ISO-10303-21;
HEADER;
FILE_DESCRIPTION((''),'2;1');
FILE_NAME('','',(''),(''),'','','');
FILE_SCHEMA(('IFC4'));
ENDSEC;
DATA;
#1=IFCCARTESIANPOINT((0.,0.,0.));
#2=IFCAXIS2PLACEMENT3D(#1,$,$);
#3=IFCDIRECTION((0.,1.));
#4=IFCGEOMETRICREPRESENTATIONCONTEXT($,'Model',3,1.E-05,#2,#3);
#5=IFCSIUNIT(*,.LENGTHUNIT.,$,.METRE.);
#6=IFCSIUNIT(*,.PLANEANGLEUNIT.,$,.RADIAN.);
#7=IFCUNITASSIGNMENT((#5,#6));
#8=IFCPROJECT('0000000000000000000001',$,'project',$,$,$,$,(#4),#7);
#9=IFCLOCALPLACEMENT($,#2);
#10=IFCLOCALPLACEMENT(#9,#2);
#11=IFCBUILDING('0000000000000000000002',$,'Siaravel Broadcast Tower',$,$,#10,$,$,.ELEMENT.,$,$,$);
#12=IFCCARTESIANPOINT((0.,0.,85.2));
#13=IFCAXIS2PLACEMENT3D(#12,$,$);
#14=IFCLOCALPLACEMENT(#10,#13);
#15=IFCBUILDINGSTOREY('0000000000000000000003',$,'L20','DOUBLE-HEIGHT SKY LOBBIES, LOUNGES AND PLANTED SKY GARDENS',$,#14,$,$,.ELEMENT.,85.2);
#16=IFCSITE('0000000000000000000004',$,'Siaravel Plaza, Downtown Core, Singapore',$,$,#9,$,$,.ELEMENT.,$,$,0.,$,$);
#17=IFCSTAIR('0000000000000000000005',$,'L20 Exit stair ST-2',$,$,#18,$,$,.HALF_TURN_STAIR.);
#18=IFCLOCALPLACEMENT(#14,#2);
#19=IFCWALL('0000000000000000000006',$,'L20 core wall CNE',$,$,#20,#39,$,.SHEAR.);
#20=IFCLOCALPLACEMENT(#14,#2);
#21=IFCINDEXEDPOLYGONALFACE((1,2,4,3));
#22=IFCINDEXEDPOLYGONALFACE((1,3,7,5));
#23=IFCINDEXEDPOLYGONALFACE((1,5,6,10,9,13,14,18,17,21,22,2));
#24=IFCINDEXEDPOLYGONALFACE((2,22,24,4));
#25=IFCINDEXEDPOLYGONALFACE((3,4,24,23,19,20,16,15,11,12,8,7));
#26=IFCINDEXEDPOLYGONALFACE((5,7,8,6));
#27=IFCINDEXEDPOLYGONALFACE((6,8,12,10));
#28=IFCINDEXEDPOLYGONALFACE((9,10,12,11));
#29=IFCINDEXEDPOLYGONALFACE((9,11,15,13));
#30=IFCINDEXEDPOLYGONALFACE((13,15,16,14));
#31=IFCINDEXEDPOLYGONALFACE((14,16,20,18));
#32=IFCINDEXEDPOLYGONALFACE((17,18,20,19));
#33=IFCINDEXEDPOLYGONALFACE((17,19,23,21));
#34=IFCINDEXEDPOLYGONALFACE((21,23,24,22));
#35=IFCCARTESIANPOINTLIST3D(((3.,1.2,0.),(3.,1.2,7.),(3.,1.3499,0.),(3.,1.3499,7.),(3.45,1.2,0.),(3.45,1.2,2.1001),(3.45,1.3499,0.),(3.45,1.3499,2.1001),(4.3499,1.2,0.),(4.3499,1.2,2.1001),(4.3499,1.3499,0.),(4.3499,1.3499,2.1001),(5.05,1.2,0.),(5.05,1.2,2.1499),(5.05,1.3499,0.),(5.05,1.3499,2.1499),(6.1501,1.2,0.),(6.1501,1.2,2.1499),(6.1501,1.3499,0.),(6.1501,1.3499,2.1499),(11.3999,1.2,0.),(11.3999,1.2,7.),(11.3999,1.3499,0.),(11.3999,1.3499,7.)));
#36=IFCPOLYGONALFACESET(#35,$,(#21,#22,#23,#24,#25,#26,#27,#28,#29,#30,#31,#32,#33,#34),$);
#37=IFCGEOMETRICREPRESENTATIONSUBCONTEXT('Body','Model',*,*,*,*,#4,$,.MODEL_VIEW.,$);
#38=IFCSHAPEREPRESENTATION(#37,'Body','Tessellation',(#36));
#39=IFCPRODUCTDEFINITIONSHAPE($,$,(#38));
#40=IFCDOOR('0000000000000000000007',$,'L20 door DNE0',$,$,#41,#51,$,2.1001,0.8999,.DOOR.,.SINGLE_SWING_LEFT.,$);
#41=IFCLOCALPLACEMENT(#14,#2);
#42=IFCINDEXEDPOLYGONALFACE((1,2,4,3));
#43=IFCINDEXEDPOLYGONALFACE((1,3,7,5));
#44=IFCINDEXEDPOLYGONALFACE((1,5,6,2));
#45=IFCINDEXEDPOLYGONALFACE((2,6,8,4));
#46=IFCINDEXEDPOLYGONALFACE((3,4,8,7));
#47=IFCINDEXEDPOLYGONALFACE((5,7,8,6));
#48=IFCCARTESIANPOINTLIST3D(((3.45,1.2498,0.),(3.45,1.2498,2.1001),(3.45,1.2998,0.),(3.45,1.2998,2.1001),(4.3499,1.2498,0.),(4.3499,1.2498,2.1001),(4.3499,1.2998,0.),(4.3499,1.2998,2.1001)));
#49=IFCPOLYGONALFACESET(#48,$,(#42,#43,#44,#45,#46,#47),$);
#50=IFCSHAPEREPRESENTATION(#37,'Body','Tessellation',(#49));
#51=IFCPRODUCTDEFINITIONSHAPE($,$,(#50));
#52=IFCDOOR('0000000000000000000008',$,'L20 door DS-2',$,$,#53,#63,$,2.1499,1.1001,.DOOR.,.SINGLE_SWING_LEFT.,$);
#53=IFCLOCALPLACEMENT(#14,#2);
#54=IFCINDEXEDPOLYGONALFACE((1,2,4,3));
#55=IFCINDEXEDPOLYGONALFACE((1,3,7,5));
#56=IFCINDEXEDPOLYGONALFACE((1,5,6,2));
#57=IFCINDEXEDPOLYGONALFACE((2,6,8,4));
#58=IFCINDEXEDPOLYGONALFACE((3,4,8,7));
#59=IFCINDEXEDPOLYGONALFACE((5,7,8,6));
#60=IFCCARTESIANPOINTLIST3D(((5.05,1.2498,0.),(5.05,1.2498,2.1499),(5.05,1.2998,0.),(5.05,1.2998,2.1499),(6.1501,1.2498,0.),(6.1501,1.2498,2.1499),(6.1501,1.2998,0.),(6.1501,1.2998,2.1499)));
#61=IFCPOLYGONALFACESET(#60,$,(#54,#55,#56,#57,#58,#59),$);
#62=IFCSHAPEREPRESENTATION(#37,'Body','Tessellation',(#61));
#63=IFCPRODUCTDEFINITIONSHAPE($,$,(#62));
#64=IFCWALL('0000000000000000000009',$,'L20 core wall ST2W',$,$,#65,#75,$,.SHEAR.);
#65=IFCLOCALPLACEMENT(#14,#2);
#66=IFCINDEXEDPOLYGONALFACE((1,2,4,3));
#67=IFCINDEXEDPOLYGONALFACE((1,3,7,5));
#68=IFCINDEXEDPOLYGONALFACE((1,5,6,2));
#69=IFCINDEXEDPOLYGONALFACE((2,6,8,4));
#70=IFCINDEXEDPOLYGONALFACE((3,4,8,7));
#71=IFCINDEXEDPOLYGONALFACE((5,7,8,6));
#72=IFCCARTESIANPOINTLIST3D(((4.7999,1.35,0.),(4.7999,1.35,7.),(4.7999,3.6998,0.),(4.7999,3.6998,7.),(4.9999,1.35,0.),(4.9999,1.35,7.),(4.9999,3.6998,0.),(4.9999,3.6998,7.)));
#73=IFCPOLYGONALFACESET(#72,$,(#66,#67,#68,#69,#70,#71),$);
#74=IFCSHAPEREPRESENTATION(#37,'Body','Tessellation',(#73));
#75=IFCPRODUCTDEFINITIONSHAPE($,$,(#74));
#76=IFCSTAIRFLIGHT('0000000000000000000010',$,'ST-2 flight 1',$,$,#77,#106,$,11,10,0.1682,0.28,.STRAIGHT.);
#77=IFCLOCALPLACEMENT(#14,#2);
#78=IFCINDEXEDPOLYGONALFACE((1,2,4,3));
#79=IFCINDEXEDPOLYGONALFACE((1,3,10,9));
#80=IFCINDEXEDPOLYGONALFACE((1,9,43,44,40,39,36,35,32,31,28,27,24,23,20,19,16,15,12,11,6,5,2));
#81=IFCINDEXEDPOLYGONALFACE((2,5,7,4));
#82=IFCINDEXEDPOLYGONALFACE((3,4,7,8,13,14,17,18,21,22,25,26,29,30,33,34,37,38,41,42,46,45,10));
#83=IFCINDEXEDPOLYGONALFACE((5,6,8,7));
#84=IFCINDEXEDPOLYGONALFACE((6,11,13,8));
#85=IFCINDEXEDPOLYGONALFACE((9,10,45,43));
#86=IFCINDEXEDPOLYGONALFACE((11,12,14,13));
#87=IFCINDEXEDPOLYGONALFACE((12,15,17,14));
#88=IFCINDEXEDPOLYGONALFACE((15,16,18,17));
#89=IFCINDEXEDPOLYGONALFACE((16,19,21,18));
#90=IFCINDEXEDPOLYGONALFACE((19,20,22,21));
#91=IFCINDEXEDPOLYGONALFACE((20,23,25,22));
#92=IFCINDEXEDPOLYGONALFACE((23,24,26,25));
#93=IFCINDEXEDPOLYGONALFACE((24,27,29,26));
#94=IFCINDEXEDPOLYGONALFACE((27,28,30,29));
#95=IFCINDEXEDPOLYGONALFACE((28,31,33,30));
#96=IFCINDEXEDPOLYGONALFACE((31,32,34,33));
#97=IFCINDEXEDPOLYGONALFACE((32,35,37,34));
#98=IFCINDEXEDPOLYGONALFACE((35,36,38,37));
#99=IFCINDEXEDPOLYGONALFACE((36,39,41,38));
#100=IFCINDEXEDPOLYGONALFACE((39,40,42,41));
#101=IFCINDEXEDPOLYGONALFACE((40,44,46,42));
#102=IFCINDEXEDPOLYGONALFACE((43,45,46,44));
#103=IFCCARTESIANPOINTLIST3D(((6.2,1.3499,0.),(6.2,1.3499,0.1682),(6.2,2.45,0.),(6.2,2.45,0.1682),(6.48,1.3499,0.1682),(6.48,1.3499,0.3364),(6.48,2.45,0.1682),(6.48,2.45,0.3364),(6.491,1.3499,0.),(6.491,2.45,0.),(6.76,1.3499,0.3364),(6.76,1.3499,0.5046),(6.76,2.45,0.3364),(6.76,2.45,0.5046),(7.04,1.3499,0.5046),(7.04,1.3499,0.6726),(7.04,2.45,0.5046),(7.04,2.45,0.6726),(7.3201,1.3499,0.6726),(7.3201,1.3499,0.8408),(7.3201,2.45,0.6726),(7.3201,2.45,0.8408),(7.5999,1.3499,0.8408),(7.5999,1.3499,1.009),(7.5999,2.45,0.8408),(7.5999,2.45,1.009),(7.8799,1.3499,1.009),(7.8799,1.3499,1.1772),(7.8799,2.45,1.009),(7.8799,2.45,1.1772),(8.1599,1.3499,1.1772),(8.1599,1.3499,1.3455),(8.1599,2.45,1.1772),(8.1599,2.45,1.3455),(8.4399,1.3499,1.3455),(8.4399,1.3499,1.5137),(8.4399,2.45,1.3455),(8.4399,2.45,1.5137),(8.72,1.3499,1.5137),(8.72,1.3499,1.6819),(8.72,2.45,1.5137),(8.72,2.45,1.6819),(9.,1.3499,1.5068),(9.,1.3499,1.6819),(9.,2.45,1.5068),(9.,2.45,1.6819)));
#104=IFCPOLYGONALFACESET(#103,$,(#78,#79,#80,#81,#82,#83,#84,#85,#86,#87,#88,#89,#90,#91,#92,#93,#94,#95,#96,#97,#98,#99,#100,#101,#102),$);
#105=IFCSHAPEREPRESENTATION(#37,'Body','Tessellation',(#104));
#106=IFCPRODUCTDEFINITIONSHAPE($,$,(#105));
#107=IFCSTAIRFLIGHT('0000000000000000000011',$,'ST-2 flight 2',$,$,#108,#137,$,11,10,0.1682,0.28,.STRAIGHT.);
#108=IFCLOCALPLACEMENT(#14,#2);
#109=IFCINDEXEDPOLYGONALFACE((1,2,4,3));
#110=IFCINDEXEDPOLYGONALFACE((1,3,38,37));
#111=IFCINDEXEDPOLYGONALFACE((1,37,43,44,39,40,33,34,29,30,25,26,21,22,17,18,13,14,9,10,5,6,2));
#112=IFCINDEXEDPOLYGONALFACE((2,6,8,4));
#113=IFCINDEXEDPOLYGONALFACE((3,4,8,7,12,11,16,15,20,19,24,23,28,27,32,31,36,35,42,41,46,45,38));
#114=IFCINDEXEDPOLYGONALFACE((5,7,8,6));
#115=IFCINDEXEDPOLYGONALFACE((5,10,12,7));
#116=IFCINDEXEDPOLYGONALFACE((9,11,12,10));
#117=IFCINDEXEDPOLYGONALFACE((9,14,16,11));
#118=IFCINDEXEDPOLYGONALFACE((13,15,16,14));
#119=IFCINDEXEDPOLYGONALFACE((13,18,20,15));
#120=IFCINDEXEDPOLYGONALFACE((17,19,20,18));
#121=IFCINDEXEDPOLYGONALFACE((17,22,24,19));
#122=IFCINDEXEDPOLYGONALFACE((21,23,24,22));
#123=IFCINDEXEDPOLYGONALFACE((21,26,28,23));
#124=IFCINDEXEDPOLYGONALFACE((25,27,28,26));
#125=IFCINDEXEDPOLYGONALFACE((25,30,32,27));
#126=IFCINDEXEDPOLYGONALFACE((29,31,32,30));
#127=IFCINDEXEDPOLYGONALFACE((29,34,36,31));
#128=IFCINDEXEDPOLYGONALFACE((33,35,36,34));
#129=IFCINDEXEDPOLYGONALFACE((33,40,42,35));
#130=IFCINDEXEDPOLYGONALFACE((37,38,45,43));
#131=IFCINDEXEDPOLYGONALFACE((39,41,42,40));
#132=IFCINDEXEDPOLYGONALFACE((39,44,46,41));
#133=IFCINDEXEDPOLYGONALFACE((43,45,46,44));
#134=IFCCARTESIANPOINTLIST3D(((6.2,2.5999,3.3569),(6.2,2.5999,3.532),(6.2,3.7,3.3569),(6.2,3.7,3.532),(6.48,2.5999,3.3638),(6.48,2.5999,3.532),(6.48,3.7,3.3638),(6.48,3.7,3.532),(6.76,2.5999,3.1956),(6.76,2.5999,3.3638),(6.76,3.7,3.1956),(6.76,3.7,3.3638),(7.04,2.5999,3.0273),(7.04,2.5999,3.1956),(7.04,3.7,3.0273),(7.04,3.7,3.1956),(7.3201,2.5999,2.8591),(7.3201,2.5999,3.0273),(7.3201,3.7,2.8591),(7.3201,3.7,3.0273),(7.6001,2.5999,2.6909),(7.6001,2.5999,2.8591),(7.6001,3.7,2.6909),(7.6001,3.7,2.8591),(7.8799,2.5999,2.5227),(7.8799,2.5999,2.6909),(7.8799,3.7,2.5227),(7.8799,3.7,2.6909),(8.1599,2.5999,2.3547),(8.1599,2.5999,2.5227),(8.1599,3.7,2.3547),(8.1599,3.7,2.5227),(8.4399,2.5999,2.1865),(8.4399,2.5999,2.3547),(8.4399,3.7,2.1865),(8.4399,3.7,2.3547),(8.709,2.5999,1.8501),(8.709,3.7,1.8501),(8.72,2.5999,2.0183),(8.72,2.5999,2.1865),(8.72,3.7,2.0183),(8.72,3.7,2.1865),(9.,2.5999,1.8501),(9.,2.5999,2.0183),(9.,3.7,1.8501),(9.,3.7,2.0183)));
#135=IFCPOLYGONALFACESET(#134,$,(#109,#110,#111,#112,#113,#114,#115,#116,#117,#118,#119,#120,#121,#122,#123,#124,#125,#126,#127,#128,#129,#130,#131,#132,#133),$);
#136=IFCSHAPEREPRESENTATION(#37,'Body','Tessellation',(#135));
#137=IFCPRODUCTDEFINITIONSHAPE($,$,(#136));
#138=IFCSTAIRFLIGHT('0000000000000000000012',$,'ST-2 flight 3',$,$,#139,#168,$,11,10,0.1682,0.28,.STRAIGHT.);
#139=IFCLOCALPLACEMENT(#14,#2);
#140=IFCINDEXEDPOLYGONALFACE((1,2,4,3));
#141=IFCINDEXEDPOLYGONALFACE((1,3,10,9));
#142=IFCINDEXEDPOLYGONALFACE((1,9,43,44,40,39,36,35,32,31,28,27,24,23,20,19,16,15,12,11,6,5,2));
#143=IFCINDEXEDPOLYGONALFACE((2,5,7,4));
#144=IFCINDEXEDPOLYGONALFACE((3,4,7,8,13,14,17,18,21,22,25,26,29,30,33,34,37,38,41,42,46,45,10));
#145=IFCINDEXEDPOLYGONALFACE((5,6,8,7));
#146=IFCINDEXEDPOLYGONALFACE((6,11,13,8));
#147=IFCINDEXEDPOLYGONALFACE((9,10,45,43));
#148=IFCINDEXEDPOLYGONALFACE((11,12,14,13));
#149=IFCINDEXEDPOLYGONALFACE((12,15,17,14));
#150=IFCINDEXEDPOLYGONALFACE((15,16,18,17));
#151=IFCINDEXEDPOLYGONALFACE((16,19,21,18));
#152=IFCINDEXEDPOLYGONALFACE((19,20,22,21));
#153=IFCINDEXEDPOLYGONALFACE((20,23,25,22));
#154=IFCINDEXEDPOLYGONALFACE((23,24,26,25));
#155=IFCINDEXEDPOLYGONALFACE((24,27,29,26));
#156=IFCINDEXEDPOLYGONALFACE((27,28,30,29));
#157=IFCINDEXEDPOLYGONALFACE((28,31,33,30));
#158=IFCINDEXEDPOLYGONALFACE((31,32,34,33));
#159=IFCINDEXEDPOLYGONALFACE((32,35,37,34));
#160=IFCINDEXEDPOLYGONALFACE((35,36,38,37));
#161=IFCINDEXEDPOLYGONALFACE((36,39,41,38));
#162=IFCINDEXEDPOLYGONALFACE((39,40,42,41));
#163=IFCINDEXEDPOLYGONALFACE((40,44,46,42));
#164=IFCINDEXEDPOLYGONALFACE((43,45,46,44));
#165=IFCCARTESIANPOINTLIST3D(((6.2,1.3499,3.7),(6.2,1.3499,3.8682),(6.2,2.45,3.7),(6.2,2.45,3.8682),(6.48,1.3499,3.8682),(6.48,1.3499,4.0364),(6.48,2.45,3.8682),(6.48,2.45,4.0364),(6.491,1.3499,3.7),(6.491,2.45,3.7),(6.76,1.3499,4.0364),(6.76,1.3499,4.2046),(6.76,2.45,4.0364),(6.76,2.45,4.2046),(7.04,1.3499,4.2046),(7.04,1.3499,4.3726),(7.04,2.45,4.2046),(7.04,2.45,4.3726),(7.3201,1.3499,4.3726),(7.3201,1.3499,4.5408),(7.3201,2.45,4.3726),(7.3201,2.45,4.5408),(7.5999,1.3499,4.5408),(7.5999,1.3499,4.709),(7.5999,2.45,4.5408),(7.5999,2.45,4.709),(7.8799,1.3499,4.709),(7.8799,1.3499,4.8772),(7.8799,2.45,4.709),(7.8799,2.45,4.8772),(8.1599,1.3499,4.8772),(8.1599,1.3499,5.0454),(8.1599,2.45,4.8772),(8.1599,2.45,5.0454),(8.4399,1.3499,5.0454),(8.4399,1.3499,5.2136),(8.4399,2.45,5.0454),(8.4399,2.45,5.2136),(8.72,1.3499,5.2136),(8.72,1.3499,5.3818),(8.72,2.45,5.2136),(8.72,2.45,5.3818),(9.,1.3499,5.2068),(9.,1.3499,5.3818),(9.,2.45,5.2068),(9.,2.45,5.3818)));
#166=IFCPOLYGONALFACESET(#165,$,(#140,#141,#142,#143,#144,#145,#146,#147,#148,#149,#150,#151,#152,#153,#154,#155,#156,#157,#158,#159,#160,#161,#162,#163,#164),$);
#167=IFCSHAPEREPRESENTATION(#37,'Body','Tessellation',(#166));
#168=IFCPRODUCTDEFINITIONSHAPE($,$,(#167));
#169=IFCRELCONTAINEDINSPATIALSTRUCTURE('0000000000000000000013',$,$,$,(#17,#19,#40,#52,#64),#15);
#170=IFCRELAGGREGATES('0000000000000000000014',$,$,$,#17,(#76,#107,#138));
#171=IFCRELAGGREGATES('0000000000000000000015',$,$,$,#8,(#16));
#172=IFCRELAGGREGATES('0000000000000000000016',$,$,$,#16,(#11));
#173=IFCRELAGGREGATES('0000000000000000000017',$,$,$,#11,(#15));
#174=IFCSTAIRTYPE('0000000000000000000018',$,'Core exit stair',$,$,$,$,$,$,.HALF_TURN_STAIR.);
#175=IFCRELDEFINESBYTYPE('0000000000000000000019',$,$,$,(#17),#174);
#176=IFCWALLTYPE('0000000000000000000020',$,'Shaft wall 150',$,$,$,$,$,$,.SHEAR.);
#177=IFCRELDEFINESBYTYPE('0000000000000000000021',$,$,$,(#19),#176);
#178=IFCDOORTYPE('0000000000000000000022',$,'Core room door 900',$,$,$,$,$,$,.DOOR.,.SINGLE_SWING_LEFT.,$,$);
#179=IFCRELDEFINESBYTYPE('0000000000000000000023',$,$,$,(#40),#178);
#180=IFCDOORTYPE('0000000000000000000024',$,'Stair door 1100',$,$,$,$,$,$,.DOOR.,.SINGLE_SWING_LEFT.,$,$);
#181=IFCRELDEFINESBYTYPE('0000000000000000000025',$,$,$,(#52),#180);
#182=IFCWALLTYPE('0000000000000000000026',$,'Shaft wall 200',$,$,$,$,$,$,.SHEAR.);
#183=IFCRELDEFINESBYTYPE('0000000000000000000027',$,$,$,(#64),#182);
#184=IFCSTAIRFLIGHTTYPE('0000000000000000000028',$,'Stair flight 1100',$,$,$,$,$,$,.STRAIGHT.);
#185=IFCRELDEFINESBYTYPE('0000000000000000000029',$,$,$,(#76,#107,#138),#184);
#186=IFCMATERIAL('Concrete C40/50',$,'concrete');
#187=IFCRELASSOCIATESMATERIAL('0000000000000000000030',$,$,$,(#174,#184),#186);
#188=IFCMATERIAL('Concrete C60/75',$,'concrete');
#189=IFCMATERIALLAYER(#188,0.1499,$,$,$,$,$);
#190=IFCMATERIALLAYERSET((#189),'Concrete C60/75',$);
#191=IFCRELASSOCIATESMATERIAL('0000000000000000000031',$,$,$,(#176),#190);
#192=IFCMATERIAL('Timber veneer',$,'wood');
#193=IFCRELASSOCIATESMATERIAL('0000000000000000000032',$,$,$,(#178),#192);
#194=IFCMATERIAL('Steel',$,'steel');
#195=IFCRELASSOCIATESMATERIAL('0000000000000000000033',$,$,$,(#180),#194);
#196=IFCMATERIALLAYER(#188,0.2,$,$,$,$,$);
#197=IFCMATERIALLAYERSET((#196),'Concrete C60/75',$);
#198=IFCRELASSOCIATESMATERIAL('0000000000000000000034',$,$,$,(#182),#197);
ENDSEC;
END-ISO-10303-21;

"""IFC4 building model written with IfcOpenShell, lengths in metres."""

from ifc_helpers import new_model, si_unit, direction, frame, frame_2d, origin, place, context, subcontext, project, spatial, polyline, rectangle, outline, extrude, material, layer, layer_set, type_object, element, fill, aggregate, save


model = new_model("IFC4")

# Units and contexts
model_context = context("Model", 3, precision=1e-05, world=origin(), true_north=direction((0.0, 1.0)))
body_context = subcontext(model_context, "Body", "Model", "MODEL_VIEW")
ifc_project = project(units=[si_unit("LENGTHUNIT", "METRE"), si_unit("PLANEANGLEUNIT", "RADIAN")], contexts=[model_context])

# Site, building, storey
site_placement = place(None, origin())
site = spatial("IfcSite", under=ifc_project, at=site_placement, Name="Siaravel Plaza, Downtown Core, Singapore", CompositionType="ELEMENT", RefElevation=0.0)
building_placement = place(site_placement, origin())
building = spatial("IfcBuilding", under=site, at=building_placement, Name="Siaravel Broadcast Tower", CompositionType="ELEMENT")
storey_placement = place(building_placement, frame((0.0, 0.0, 85.2)))
storey = spatial("IfcBuildingStorey", under=building, at=storey_placement, Name="L20", Description="DOUBLE-HEIGHT SKY LOBBIES, LOUNGES AND PLANTED SKY GARDENS", CompositionType="ELEMENT", Elevation=85.2)

# Shared definitions
ifc_material_1 = material(Name="Concrete C40/50", Category="concrete")

# Shared definitions
stair_type = type_object("IfcStairType", Name="Core exit stair", PredefinedType="HALF_TURN_STAIR", material=ifc_material_1)

# Stair
stair_1_placement = place(storey_placement, origin())
stair_1 = element("IfcStair", 1, at=stair_1_placement, inside=storey, type_object=stair_type, Name="L20 Exit stair ST-2", PredefinedType="HALF_TURN_STAIR")

# Wall, openings, doors
ifc_material_2 = material(Name="Concrete C60/75", Category="concrete")
ifc_layer_1 = layer(ifc_material_2, 0.1499)
ifc_layer_set_1 = layer_set([ifc_layer_1], Name="Concrete C60/75")
wall_type_1 = type_object("IfcWallType", Name="Shaft wall 150", PredefinedType="SHEAR", material=ifc_layer_set_1)
wall_1_placement = place(storey_placement, frame((3.0, 1.2749, 0.0), z_axis=(0.0, 0.0, 1.0), x_axis=(1.0, 0.0, 0.0)))
wall_1 = element("IfcWall", 2, at=wall_1_placement, inside=storey, type_object=wall_type_1, Name="L20 core wall CNE", PredefinedType="SHEAR", context=body_context, shape_type="SweptSolid", body=[
    extrude(rectangle(XDim=8.3999, YDim=0.1499, at=frame_2d((4.2, 0.0))), origin(), (0.0, 0.0, 1.0), 7.0),
])
opening_1_placement = place(wall_1_placement, frame((2.05, 0.0, 0.0)))
opening_1 = element("IfcOpeningElement", 3, at=opening_1_placement, cuts=wall_1, PredefinedType="OPENING", context=body_context, shape_type="SweptSolid", body=[
    extrude(rectangle(XDim=1.1001, YDim=2.1499, at=frame_2d((0.55, 1.075))), frame((0.0, 0.085, 0.0), z_axis=(0.0, -1.0, 0.0), x_axis=(1.0, 0.0, 0.0)), (0.0, 0.0, 1.0), 0.1699),
])
opening_2_placement = place(wall_1_placement, frame((0.45, 0.0, 0.0)))
opening_2 = element("IfcOpeningElement", 4, at=opening_2_placement, cuts=wall_1, PredefinedType="OPENING", context=body_context, shape_type="SweptSolid", body=[
    extrude(rectangle(XDim=0.8999, YDim=2.1001, at=frame_2d((0.45, 1.05))), frame((0.0, 0.085, 0.0), z_axis=(0.0, -1.0, 0.0), x_axis=(1.0, 0.0, 0.0)), (0.0, 0.0, 1.0), 0.1699),
])
ifc_material_3 = material(Name="Timber veneer", Category="wood")
door_type_1 = type_object("IfcDoorType", Name="Core room door 900", OperationType="SINGLE_SWING_LEFT", PredefinedType="DOOR", material=ifc_material_3)
door_1_placement = place(opening_2_placement, origin())
door_1 = element("IfcDoor", 5, at=door_1_placement, inside=storey, type_object=door_type_1, Name="L20 door DNE0", OperationType="SINGLE_SWING_LEFT", OverallHeight=2.1001, OverallWidth=0.8999, PredefinedType="DOOR", context=body_context, shape_type="SweptSolid", body=[
    extrude(rectangle(XDim=0.8999, YDim=2.1001, at=frame_2d((0.45, 1.05))), frame((0.0, 0.0249, 0.0), z_axis=(0.0, -1.0, 0.0), x_axis=(1.0, 0.0, 0.0)), (0.0, 0.0, 1.0), 0.05),
])
fill(opening_2, door_1)
ifc_material_4 = material(Name="Steel", Category="steel")
door_type_2 = type_object("IfcDoorType", Name="Stair door 1100", OperationType="SINGLE_SWING_LEFT", PredefinedType="DOOR", material=ifc_material_4)
door_2_placement = place(opening_1_placement, origin())
door_2 = element("IfcDoor", 6, at=door_2_placement, inside=storey, type_object=door_type_2, Name="L20 door DS-2", OperationType="SINGLE_SWING_LEFT", OverallHeight=2.1499, OverallWidth=1.1001, PredefinedType="DOOR", context=body_context, shape_type="SweptSolid", body=[
    extrude(rectangle(XDim=1.1001, YDim=2.1499, at=frame_2d((0.55, 1.075))), frame((0.0, 0.0249, 0.0), z_axis=(0.0, -1.0, 0.0), x_axis=(1.0, 0.0, 0.0)), (0.0, 0.0, 1.0), 0.05),
])
fill(opening_1, door_2)

# Wall
ifc_layer_2 = layer(ifc_material_2, 0.2)
ifc_layer_set_2 = layer_set([ifc_layer_2], Name="Concrete C60/75")
wall_type_2 = type_object("IfcWallType", Name="Shaft wall 200", PredefinedType="SHEAR", material=ifc_layer_set_2)
wall_2_placement = place(storey_placement, frame((4.8999, 1.3501, 0.0), z_axis=(0.0, 0.0, 1.0), x_axis=(0.0, 1.0, 0.0)))
element("IfcWall", 7, at=wall_2_placement, inside=storey, type_object=wall_type_2, Name="L20 core wall ST2W", PredefinedType="SHEAR", context=body_context, shape_type="SweptSolid", body=[
    extrude(rectangle(XDim=2.3499, YDim=0.2, at=frame_2d((1.1748, 0.0))), origin(), (0.0, 0.0, 1.0), 7.0),
])

# Stair flights
stair_flight_type = type_object("IfcStairFlightType", Name="Stair flight 1100", PredefinedType="STRAIGHT", material=ifc_material_1)
stair_flight_1_placement = place(storey_placement, frame((6.2, 1.8999, 0.0), z_axis=(0.0, 0.0, 1.0), x_axis=(1.0, 0.0, 0.0)))
stair_flight_1 = element("IfcStairFlight", 8, at=stair_flight_1_placement, type_object=stair_flight_type, Name="ST-2 flight 1", NumberOfRisers=11, NumberOfTreads=10, PredefinedType="STRAIGHT", RiserHeight=0.1682, TreadLength=0.28, context=body_context, shape_type="SweptSolid", body=[
    extrude(outline(polyline([(0.0, 0.0), (0.0, 0.1682), (0.28, 0.1682), (0.28, 0.3364), (0.5601, 0.3364), (0.5601, 0.5046), (0.8401, 0.5046), (0.8401, 0.6726), (1.1201, 0.6726), (1.1201, 0.8408), (1.3999, 0.8408), (1.3999, 1.009), (1.6799, 1.009), (1.6799, 1.1772), (1.96, 1.1772), (1.96, 1.3455), (2.24, 1.3455), (2.24, 1.5137), (2.52, 1.5137), (2.52, 1.6819), (2.8, 1.6819), (2.8, 1.8501), (2.8, 1.5068), (0.291, 0.0), (0.0, 0.0)])), frame((0.0, 0.55, 0.0), z_axis=(0.0, -1.0, 0.0), x_axis=(1.0, 0.0, 0.0)), (0.0, 0.0, 1.0), 1.1001),
])
stair_flight_2_placement = place(storey_placement, frame((9.0, 3.1499, 1.8501), z_axis=(0.0, 0.0, 1.0), x_axis=(-1.0, 0.0, 0.0)))
stair_flight_2 = element("IfcStairFlight", 9, at=stair_flight_2_placement, type_object=stair_flight_type, Name="ST-2 flight 2", NumberOfRisers=11, NumberOfTreads=10, PredefinedType="STRAIGHT", RiserHeight=0.1682, TreadLength=0.28, context=body_context, shape_type="SweptSolid", body=[
    extrude(outline(polyline([(0.0, 0.0), (0.0, 0.1682), (0.28, 0.1682), (0.28, 0.3364), (0.5601, 0.3364), (0.5601, 0.5046), (0.8401, 0.5046), (0.8401, 0.6726), (1.1201, 0.6726), (1.1201, 0.8408), (1.3999, 0.8408), (1.3999, 1.009), (1.6799, 1.009), (1.6799, 1.1772), (1.96, 1.1772), (1.96, 1.3455), (2.24, 1.3455), (2.24, 1.5137), (2.52, 1.5137), (2.52, 1.6819), (2.8, 1.6819), (2.8, 1.8501), (2.8, 1.5068), (0.291, 0.0), (0.0, 0.0)])), frame((0.0, 0.55, 0.0), z_axis=(0.0, -1.0, 0.0), x_axis=(1.0, 0.0, 0.0)), (0.0, 0.0, 1.0), 1.1001),
])
stair_flight_3_placement = place(storey_placement, frame((6.2, 1.8999, 3.7), z_axis=(0.0, 0.0, 1.0), x_axis=(1.0, 0.0, 0.0)))
stair_flight_3 = element("IfcStairFlight", 10, at=stair_flight_3_placement, type_object=stair_flight_type, Name="ST-2 flight 3", NumberOfRisers=11, NumberOfTreads=10, PredefinedType="STRAIGHT", RiserHeight=0.1682, TreadLength=0.28, context=body_context, shape_type="SweptSolid", body=[
    extrude(outline(polyline([(0.0, 0.0), (0.0, 0.1682), (0.28, 0.1682), (0.28, 0.3364), (0.5601, 0.3364), (0.5601, 0.5046), (0.8401, 0.5046), (0.8401, 0.6726), (1.1201, 0.6726), (1.1201, 0.8408), (1.3999, 0.8408), (1.3999, 1.009), (1.6799, 1.009), (1.6799, 1.1772), (1.96, 1.1772), (1.96, 1.3455), (2.24, 1.3455), (2.24, 1.5137), (2.52, 1.5137), (2.52, 1.6819), (2.8, 1.6819), (2.8, 1.8501), (2.8, 1.5068), (0.291, 0.0), (0.0, 0.0)])), frame((0.0, 0.55, 0.0), z_axis=(0.0, -1.0, 0.0), x_axis=(1.0, 0.0, 0.0)), (0.0, 0.0, 1.0), 1.1001),
])
aggregate(stair_1, [stair_flight_1, stair_flight_2, stair_flight_3])

save(model, "model.ifc")
